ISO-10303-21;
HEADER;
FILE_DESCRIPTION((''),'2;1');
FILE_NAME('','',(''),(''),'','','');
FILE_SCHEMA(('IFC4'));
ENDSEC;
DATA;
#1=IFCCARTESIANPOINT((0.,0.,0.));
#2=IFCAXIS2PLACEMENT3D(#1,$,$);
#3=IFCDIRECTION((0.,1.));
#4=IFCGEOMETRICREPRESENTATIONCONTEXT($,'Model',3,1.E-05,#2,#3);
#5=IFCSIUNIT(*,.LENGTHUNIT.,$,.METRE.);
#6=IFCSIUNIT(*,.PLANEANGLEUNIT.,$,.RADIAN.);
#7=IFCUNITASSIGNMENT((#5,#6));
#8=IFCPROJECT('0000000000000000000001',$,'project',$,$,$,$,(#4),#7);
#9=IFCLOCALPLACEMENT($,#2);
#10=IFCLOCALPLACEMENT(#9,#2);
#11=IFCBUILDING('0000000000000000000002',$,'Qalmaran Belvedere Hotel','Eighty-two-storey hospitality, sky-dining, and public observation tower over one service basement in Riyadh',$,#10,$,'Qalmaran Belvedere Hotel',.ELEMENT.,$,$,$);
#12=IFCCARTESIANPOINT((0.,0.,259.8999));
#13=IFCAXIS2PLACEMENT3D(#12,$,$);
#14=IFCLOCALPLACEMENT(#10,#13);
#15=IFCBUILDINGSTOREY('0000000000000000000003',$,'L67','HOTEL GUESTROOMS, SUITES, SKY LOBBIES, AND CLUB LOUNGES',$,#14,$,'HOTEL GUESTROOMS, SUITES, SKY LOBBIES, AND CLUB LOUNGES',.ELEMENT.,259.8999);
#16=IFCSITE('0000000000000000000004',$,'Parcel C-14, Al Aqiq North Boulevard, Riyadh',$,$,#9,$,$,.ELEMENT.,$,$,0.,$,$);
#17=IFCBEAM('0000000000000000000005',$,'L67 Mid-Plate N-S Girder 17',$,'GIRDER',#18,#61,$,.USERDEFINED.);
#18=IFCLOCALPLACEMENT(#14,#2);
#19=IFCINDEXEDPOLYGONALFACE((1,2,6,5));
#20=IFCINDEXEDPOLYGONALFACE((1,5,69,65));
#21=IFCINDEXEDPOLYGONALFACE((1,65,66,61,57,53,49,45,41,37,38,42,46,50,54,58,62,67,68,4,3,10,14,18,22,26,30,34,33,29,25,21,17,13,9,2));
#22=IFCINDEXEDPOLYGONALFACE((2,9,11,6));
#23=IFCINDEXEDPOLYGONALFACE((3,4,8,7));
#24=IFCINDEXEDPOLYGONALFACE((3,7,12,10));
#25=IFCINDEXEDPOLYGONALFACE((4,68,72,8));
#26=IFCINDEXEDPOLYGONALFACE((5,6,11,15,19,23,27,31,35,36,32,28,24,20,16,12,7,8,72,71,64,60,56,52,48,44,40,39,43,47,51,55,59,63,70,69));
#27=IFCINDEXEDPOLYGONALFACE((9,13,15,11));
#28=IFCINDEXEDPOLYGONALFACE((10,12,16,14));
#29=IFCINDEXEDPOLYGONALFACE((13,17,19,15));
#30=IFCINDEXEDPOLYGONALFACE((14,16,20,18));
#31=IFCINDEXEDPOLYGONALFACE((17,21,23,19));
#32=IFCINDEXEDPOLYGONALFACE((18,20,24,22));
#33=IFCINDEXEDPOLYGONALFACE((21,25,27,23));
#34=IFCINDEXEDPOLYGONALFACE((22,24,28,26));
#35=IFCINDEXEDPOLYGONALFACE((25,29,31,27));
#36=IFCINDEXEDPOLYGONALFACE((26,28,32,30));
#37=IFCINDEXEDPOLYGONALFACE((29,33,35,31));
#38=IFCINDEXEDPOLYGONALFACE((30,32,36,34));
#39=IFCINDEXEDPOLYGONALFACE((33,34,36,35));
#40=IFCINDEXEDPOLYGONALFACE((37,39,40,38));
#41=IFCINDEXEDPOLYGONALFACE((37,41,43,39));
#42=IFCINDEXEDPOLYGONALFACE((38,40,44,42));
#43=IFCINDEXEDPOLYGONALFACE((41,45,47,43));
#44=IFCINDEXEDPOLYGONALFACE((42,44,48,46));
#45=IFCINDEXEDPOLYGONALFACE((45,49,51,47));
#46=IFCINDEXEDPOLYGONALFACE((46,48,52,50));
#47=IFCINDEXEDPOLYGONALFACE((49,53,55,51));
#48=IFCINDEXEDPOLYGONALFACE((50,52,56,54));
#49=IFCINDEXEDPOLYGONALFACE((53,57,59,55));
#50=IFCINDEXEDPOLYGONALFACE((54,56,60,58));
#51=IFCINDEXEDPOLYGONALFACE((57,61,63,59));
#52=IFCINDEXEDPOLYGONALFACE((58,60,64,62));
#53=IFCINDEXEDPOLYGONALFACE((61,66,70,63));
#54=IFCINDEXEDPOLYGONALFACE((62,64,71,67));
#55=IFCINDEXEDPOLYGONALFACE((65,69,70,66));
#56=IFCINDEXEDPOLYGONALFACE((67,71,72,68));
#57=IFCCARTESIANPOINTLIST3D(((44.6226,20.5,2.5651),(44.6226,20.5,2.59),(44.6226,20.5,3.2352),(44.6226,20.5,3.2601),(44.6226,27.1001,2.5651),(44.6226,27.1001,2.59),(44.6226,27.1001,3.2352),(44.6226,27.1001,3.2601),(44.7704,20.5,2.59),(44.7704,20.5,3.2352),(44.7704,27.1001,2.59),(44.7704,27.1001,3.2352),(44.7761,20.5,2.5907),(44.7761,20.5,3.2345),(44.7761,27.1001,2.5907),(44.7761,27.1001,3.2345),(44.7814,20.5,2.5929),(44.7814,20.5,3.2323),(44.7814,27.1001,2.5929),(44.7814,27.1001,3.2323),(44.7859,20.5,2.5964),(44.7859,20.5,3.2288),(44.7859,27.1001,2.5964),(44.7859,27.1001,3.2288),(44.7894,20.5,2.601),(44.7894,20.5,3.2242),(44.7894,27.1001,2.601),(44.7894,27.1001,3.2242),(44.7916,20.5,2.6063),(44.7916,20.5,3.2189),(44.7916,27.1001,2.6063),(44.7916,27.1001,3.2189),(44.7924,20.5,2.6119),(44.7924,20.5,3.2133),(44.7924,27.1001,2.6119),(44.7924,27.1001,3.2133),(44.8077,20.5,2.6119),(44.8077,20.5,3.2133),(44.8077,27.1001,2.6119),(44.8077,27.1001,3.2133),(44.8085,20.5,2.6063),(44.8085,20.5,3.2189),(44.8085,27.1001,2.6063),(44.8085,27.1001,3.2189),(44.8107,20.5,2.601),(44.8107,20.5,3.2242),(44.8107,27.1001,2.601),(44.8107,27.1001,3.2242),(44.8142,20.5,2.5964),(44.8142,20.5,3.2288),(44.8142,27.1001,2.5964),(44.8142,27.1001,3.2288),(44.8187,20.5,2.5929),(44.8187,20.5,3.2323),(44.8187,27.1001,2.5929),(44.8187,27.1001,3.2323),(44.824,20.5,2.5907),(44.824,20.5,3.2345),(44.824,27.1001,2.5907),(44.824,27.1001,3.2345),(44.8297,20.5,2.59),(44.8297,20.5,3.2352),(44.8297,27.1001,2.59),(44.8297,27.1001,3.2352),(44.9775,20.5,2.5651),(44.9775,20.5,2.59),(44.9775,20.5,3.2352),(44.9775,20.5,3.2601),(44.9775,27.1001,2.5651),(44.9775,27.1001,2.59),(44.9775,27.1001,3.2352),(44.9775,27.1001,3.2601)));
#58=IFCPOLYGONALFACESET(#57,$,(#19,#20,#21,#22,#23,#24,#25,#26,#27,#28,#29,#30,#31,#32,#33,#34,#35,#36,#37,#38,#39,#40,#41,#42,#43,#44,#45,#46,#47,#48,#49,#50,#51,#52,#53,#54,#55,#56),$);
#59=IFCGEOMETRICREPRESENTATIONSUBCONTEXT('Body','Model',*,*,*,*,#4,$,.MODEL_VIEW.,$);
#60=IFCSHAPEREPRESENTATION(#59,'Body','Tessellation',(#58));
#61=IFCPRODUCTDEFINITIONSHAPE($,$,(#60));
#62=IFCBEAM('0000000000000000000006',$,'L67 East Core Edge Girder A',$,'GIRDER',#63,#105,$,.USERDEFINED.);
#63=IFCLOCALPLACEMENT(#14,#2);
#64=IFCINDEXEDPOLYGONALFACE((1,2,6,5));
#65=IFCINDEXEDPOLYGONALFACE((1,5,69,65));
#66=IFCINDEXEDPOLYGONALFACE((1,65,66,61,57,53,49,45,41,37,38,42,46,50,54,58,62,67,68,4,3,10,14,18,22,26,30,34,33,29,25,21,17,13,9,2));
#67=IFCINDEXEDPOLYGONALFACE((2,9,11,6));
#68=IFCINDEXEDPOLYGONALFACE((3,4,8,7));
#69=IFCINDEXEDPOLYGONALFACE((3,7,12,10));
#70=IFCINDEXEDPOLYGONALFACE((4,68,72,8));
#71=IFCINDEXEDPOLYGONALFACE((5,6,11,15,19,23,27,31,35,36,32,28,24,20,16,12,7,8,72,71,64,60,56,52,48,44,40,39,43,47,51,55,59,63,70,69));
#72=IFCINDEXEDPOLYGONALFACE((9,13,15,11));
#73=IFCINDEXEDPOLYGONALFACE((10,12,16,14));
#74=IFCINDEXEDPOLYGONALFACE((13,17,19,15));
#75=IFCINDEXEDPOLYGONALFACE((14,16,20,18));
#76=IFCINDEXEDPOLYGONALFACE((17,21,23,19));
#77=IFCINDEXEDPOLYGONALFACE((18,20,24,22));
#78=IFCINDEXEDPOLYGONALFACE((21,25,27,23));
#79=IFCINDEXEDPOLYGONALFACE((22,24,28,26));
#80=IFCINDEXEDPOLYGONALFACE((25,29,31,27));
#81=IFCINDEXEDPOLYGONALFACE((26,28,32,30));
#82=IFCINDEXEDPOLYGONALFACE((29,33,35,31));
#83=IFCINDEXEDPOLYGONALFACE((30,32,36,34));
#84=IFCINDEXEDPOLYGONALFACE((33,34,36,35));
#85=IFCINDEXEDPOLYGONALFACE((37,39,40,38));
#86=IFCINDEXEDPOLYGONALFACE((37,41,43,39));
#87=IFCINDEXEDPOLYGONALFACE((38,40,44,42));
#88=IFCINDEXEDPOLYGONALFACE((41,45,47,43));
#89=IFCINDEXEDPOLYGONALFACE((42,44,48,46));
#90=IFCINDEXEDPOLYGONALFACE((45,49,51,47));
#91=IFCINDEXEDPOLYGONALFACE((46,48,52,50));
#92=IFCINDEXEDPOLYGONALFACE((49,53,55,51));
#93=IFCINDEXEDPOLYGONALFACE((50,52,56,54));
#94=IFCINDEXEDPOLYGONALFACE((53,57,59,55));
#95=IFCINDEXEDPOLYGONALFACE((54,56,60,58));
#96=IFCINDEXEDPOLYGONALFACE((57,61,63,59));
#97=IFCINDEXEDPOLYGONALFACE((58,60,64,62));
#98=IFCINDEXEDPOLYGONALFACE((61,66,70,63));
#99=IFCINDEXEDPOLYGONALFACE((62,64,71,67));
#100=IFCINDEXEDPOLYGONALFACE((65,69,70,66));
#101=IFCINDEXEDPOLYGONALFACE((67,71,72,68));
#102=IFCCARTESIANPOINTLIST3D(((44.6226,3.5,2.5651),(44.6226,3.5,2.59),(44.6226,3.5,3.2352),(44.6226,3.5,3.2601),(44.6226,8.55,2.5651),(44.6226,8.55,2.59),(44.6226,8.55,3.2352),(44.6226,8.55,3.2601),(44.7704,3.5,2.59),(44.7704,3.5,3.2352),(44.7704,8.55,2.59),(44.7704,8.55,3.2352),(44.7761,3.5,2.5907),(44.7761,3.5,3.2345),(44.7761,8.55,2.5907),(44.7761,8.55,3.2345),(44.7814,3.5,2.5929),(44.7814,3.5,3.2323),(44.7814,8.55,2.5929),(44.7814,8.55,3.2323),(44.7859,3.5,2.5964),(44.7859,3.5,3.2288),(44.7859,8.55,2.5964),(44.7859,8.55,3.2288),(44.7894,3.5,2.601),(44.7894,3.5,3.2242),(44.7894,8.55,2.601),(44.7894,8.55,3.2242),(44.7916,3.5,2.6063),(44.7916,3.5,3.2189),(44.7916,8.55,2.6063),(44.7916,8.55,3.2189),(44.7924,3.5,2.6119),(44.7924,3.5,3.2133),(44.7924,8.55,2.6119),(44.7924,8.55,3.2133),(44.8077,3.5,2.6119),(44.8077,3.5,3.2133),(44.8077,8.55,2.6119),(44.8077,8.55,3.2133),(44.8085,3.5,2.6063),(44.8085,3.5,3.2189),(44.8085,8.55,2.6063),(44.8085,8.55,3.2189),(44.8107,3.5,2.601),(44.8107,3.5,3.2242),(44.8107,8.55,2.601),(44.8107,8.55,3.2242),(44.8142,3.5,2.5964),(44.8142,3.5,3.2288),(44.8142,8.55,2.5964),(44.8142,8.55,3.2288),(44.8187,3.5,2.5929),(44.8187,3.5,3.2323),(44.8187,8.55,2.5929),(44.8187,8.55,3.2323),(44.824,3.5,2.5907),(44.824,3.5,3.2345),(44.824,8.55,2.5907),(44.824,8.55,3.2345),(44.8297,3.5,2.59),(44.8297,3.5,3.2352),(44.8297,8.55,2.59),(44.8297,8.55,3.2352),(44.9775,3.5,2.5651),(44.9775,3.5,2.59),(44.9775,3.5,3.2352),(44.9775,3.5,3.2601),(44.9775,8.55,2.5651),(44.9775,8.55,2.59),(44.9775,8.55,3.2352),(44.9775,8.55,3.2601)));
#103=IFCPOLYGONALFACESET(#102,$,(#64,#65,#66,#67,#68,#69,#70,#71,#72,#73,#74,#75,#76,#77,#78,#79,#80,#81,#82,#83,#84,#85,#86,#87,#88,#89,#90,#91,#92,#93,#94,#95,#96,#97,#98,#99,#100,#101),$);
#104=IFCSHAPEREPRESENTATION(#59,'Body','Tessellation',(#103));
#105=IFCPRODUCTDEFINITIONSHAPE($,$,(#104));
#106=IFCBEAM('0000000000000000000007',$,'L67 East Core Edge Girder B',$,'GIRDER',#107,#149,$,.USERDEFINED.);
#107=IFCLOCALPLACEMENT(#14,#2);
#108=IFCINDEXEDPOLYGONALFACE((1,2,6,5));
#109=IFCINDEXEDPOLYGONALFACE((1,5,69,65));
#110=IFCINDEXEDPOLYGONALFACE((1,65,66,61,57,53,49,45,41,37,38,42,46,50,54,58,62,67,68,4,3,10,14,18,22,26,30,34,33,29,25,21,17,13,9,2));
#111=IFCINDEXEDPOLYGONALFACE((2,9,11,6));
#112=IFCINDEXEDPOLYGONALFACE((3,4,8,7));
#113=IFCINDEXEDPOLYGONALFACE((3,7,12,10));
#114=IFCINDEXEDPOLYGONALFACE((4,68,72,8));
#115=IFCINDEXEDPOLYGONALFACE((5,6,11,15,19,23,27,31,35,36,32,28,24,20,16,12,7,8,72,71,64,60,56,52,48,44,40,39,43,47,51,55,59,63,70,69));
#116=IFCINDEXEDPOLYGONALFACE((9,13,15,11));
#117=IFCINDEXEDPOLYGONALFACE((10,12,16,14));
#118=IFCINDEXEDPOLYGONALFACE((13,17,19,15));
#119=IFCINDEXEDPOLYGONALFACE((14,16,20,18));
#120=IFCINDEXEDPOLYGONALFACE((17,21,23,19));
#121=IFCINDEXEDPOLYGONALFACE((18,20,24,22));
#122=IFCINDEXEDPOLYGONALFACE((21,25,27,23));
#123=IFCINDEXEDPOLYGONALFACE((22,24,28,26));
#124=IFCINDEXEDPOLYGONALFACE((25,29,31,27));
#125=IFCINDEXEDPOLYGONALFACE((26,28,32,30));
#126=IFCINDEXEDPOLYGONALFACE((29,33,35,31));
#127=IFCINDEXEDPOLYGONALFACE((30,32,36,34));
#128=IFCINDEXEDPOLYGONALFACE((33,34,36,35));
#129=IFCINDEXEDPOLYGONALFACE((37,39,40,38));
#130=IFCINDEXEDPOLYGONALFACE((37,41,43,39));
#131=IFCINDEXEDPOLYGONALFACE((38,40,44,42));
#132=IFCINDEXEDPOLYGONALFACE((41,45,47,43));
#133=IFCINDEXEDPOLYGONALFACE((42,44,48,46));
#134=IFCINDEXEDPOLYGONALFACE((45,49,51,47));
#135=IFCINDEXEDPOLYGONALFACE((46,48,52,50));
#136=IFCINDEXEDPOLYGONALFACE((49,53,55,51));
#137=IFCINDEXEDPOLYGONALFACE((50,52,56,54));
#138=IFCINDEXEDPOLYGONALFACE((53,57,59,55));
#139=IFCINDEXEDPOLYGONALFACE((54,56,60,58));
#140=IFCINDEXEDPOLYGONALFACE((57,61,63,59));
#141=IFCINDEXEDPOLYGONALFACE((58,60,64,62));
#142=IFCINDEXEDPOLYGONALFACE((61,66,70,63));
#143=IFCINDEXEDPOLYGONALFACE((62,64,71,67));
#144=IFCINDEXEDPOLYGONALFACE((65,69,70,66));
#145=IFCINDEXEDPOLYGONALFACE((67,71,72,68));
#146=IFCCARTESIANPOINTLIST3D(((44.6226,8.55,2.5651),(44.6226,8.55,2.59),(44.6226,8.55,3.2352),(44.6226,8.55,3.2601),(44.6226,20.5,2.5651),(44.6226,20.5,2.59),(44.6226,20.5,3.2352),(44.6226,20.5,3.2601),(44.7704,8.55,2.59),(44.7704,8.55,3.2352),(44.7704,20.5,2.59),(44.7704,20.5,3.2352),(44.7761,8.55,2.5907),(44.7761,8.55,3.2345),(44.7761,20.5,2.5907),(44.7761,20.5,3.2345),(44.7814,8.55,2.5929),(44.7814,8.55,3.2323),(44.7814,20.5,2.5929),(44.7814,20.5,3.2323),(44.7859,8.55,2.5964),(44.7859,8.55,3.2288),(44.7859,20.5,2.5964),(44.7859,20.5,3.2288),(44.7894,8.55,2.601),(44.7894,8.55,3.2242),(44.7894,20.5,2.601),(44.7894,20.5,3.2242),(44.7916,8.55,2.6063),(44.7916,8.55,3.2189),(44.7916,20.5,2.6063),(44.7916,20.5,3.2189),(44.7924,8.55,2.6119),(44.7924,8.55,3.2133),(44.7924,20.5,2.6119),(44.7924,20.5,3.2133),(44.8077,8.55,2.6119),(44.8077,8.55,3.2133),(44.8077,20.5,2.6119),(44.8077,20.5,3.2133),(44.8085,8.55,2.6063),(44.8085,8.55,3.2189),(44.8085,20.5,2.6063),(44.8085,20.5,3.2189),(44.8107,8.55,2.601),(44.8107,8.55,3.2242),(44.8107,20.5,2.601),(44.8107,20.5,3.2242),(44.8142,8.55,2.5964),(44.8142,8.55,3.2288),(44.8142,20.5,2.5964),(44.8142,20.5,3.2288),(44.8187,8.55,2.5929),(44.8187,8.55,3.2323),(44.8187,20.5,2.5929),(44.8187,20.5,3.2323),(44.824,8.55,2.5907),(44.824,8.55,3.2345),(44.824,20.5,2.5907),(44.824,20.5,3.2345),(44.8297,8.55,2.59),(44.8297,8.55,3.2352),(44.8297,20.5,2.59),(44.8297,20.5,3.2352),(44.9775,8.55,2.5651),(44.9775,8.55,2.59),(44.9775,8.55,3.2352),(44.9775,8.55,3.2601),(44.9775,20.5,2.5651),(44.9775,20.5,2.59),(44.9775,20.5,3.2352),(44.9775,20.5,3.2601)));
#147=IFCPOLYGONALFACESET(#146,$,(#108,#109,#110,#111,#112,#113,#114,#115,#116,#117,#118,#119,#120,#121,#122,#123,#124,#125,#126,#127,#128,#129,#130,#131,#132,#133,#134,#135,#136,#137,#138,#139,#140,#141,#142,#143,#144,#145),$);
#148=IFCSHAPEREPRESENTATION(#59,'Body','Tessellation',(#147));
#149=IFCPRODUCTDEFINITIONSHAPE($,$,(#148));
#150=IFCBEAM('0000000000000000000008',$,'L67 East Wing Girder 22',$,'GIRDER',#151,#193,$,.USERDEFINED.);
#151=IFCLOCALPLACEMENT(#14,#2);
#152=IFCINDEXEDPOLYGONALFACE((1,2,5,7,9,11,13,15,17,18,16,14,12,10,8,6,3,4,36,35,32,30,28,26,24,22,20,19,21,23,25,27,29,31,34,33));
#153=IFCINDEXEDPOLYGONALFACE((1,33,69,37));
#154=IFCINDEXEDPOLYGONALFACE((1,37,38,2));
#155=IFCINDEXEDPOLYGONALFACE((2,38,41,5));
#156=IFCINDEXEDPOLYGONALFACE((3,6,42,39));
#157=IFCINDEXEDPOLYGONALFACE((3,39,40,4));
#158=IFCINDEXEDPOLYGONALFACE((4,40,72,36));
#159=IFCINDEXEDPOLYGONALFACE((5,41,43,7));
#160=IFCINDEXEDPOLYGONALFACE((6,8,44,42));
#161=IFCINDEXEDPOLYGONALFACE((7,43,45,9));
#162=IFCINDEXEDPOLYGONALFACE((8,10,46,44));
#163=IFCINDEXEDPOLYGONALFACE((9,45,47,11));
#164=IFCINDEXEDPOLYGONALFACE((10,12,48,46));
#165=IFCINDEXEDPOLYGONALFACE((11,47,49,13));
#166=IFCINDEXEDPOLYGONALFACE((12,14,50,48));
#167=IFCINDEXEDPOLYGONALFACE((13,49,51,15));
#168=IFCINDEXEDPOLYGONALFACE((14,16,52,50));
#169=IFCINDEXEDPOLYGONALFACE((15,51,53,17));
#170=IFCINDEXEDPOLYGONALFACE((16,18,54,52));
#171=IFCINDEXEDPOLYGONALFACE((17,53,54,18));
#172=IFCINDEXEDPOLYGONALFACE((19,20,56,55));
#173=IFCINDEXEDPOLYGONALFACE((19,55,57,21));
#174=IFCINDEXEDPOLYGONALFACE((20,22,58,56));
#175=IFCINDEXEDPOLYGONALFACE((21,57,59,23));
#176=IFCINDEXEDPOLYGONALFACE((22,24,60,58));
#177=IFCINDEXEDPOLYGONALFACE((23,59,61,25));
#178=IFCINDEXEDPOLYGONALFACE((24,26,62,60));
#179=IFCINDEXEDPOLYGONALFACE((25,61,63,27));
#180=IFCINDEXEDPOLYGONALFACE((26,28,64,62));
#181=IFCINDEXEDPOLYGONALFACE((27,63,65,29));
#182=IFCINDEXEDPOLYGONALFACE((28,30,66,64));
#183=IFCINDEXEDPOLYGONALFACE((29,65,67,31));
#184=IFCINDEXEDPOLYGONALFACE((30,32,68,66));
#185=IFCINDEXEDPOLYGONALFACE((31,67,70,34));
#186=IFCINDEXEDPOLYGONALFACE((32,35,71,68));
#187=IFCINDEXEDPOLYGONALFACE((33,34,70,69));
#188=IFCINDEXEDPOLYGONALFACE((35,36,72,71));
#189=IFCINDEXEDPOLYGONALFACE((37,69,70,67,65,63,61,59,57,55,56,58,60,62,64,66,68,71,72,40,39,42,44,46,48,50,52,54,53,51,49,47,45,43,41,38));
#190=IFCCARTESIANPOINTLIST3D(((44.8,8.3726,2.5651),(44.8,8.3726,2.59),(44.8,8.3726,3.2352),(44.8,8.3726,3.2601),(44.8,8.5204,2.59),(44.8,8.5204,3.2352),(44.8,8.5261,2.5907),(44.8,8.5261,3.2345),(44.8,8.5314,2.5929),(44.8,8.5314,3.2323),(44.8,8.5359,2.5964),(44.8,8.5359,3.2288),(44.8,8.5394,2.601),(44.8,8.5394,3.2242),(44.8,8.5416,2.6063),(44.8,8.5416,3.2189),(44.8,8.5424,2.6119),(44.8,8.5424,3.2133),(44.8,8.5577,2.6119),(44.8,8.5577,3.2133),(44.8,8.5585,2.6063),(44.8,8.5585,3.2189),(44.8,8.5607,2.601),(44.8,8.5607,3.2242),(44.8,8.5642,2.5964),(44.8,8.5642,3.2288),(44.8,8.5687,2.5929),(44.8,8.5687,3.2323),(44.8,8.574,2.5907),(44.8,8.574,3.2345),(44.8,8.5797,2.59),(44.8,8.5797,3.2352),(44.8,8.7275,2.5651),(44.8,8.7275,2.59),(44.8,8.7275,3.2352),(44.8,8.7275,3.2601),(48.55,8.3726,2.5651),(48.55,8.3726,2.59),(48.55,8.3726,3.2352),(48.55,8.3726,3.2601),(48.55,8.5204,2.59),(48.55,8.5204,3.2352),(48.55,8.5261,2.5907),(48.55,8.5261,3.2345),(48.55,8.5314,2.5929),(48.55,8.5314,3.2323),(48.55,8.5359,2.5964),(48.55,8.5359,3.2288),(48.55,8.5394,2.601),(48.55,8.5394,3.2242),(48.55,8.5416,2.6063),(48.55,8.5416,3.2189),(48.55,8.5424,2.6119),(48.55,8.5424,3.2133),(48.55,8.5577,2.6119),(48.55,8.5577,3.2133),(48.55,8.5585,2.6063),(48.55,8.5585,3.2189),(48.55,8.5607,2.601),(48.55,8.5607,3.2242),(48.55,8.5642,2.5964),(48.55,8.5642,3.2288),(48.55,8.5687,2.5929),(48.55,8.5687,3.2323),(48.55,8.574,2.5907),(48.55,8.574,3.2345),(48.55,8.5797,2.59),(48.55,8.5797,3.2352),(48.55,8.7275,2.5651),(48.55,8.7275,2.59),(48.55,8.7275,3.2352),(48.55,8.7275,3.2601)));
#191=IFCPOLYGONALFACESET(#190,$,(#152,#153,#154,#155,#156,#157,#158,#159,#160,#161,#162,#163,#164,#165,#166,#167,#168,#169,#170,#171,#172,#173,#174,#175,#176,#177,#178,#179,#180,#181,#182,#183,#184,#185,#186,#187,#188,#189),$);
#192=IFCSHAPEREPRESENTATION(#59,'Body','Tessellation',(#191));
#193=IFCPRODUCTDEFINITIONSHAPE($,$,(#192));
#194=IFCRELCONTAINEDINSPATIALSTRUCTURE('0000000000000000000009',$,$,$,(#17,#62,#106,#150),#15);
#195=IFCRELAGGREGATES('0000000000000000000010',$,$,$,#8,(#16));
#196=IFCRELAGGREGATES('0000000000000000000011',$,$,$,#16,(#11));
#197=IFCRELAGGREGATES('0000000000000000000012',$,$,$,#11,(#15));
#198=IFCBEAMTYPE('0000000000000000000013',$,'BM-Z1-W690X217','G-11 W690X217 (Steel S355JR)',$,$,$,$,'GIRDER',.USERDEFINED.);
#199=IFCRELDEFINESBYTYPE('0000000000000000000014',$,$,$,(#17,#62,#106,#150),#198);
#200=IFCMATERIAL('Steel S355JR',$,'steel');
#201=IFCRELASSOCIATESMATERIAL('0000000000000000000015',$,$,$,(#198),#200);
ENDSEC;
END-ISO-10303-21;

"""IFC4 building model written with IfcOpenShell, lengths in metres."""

from ifc_helpers import new_model, si_unit, direction, frame, origin, origin_2d, place, context, subcontext, project, spatial, i_section, extrude, material, material_profile, profile_set, type_object, element, save


model = new_model("IFC4")

# Units and contexts
model_context = context("Model", 3, precision=1e-05, world=origin(), true_north=direction((0.0, 1.0)))
body_context = subcontext(model_context, "Body", "Model", "MODEL_VIEW")
ifc_project = project(units=[si_unit("LENGTHUNIT", "METRE"), si_unit("PLANEANGLEUNIT", "RADIAN")], contexts=[model_context])

# Site, building, storey
site_placement = place(None, origin())
site = spatial("IfcSite", under=ifc_project, at=site_placement, Name="Parcel C-14, Al Aqiq North Boulevard, Riyadh", CompositionType="ELEMENT", RefElevation=0.0)
building_placement = place(site_placement, origin())
building = spatial("IfcBuilding", under=site, at=building_placement, Name="Qalmaran Belvedere Hotel", Description="Eighty-two-storey hospitality, sky-dining, and public observation tower over one service basement in Riyadh", LongName="Qalmaran Belvedere Hotel", CompositionType="ELEMENT")
storey_placement = place(building_placement, frame((0.0, 0.0, 259.8999)))
storey = spatial("IfcBuildingStorey", under=building, at=storey_placement, Name="L67", Description="HOTEL GUESTROOMS, SUITES, SKY LOBBIES, AND CLUB LOUNGES", LongName="HOTEL GUESTROOMS, SUITES, SKY LOBBIES, AND CLUB LOUNGES", CompositionType="ELEMENT", Elevation=259.8999)

# Beams
ifc_material_1 = material(Name="Steel S355JR", Category="steel")
ifc_material_profile_1 = material_profile(ifc_material_1, i_section(OverallWidth=0.355, OverallDepth=0.6951, WebThickness=0.0154, FlangeThickness=0.0249, FilletRadius=0.022, at=origin_2d()), Name="W690X217")
ifc_profile_set_1 = profile_set([ifc_material_profile_1], Name="Steel S355JR")
beam_type_1 = type_object("IfcBeamType", Name="BM-Z1-W690X217", Description="G-11 W690X217 (Steel S355JR)", ElementType="GIRDER", PredefinedType="USERDEFINED", material=ifc_profile_set_1)
beam_1_placement = place(storey_placement, frame((44.8, 20.5, 2.9126), z_axis=(0.0, 1.0, 0.0), x_axis=(-1.0, 0.0, 0.0)))
element("IfcBeam", 1, at=beam_1_placement, inside=storey, type_object=beam_type_1, Name="L67 Mid-Plate N-S Girder 17", ObjectType="GIRDER", PredefinedType="USERDEFINED", context=body_context, shape_type="SweptSolid", body=[
    extrude(i_section(OverallWidth=0.355, OverallDepth=0.6951, WebThickness=0.0154, FlangeThickness=0.0249, FilletRadius=0.022, at=origin_2d()), origin(), (0.0, 0.0, 1.0), 6.6001),
])
beam_2_placement = place(storey_placement, frame((44.8, 3.5, 2.9126), z_axis=(0.0, 1.0, 0.0), x_axis=(-1.0, 0.0, 0.0)))
element("IfcBeam", 2, at=beam_2_placement, inside=storey, type_object=beam_type_1, Name="L67 East Core Edge Girder A", ObjectType="GIRDER", PredefinedType="USERDEFINED", context=body_context, shape_type="SweptSolid", body=[
    extrude(i_section(OverallWidth=0.355, OverallDepth=0.6951, WebThickness=0.0154, FlangeThickness=0.0249, FilletRadius=0.022, at=origin_2d()), origin(), (0.0, 0.0, 1.0), 5.05),
])
beam_3_placement = place(storey_placement, frame((44.8, 8.55, 2.9126), z_axis=(0.0, 1.0, 0.0), x_axis=(-1.0, 0.0, 0.0)))
element("IfcBeam", 3, at=beam_3_placement, inside=storey, type_object=beam_type_1, Name="L67 East Core Edge Girder B", ObjectType="GIRDER", PredefinedType="USERDEFINED", context=body_context, shape_type="SweptSolid", body=[
    extrude(i_section(OverallWidth=0.355, OverallDepth=0.6951, WebThickness=0.0154, FlangeThickness=0.0249, FilletRadius=0.022, at=origin_2d()), origin(), (0.0, 0.0, 1.0), 11.95),
])
for number, where, z_axis, x_axis, name in (
    (4, (44.8, 8.55, 2.9126), (1.0, 0.0, 0.0), (0.0, 1.0, 0.0), "L67 East Wing Girder 22"),
):
    element("IfcBeam", number, at=place(storey_placement, frame(where, z_axis=z_axis, x_axis=x_axis)), inside=storey, type_object=beam_type_1, Name=name, ObjectType="GIRDER", PredefinedType="USERDEFINED", context=body_context, shape_type="SweptSolid", body=[
        extrude(i_section(OverallWidth=0.355, OverallDepth=0.6951, WebThickness=0.0154, FlangeThickness=0.0249, FilletRadius=0.022, at=origin_2d()), origin(), (0.0, 0.0, 1.0), 3.75),
    ])

save(model, "model.ifc")
